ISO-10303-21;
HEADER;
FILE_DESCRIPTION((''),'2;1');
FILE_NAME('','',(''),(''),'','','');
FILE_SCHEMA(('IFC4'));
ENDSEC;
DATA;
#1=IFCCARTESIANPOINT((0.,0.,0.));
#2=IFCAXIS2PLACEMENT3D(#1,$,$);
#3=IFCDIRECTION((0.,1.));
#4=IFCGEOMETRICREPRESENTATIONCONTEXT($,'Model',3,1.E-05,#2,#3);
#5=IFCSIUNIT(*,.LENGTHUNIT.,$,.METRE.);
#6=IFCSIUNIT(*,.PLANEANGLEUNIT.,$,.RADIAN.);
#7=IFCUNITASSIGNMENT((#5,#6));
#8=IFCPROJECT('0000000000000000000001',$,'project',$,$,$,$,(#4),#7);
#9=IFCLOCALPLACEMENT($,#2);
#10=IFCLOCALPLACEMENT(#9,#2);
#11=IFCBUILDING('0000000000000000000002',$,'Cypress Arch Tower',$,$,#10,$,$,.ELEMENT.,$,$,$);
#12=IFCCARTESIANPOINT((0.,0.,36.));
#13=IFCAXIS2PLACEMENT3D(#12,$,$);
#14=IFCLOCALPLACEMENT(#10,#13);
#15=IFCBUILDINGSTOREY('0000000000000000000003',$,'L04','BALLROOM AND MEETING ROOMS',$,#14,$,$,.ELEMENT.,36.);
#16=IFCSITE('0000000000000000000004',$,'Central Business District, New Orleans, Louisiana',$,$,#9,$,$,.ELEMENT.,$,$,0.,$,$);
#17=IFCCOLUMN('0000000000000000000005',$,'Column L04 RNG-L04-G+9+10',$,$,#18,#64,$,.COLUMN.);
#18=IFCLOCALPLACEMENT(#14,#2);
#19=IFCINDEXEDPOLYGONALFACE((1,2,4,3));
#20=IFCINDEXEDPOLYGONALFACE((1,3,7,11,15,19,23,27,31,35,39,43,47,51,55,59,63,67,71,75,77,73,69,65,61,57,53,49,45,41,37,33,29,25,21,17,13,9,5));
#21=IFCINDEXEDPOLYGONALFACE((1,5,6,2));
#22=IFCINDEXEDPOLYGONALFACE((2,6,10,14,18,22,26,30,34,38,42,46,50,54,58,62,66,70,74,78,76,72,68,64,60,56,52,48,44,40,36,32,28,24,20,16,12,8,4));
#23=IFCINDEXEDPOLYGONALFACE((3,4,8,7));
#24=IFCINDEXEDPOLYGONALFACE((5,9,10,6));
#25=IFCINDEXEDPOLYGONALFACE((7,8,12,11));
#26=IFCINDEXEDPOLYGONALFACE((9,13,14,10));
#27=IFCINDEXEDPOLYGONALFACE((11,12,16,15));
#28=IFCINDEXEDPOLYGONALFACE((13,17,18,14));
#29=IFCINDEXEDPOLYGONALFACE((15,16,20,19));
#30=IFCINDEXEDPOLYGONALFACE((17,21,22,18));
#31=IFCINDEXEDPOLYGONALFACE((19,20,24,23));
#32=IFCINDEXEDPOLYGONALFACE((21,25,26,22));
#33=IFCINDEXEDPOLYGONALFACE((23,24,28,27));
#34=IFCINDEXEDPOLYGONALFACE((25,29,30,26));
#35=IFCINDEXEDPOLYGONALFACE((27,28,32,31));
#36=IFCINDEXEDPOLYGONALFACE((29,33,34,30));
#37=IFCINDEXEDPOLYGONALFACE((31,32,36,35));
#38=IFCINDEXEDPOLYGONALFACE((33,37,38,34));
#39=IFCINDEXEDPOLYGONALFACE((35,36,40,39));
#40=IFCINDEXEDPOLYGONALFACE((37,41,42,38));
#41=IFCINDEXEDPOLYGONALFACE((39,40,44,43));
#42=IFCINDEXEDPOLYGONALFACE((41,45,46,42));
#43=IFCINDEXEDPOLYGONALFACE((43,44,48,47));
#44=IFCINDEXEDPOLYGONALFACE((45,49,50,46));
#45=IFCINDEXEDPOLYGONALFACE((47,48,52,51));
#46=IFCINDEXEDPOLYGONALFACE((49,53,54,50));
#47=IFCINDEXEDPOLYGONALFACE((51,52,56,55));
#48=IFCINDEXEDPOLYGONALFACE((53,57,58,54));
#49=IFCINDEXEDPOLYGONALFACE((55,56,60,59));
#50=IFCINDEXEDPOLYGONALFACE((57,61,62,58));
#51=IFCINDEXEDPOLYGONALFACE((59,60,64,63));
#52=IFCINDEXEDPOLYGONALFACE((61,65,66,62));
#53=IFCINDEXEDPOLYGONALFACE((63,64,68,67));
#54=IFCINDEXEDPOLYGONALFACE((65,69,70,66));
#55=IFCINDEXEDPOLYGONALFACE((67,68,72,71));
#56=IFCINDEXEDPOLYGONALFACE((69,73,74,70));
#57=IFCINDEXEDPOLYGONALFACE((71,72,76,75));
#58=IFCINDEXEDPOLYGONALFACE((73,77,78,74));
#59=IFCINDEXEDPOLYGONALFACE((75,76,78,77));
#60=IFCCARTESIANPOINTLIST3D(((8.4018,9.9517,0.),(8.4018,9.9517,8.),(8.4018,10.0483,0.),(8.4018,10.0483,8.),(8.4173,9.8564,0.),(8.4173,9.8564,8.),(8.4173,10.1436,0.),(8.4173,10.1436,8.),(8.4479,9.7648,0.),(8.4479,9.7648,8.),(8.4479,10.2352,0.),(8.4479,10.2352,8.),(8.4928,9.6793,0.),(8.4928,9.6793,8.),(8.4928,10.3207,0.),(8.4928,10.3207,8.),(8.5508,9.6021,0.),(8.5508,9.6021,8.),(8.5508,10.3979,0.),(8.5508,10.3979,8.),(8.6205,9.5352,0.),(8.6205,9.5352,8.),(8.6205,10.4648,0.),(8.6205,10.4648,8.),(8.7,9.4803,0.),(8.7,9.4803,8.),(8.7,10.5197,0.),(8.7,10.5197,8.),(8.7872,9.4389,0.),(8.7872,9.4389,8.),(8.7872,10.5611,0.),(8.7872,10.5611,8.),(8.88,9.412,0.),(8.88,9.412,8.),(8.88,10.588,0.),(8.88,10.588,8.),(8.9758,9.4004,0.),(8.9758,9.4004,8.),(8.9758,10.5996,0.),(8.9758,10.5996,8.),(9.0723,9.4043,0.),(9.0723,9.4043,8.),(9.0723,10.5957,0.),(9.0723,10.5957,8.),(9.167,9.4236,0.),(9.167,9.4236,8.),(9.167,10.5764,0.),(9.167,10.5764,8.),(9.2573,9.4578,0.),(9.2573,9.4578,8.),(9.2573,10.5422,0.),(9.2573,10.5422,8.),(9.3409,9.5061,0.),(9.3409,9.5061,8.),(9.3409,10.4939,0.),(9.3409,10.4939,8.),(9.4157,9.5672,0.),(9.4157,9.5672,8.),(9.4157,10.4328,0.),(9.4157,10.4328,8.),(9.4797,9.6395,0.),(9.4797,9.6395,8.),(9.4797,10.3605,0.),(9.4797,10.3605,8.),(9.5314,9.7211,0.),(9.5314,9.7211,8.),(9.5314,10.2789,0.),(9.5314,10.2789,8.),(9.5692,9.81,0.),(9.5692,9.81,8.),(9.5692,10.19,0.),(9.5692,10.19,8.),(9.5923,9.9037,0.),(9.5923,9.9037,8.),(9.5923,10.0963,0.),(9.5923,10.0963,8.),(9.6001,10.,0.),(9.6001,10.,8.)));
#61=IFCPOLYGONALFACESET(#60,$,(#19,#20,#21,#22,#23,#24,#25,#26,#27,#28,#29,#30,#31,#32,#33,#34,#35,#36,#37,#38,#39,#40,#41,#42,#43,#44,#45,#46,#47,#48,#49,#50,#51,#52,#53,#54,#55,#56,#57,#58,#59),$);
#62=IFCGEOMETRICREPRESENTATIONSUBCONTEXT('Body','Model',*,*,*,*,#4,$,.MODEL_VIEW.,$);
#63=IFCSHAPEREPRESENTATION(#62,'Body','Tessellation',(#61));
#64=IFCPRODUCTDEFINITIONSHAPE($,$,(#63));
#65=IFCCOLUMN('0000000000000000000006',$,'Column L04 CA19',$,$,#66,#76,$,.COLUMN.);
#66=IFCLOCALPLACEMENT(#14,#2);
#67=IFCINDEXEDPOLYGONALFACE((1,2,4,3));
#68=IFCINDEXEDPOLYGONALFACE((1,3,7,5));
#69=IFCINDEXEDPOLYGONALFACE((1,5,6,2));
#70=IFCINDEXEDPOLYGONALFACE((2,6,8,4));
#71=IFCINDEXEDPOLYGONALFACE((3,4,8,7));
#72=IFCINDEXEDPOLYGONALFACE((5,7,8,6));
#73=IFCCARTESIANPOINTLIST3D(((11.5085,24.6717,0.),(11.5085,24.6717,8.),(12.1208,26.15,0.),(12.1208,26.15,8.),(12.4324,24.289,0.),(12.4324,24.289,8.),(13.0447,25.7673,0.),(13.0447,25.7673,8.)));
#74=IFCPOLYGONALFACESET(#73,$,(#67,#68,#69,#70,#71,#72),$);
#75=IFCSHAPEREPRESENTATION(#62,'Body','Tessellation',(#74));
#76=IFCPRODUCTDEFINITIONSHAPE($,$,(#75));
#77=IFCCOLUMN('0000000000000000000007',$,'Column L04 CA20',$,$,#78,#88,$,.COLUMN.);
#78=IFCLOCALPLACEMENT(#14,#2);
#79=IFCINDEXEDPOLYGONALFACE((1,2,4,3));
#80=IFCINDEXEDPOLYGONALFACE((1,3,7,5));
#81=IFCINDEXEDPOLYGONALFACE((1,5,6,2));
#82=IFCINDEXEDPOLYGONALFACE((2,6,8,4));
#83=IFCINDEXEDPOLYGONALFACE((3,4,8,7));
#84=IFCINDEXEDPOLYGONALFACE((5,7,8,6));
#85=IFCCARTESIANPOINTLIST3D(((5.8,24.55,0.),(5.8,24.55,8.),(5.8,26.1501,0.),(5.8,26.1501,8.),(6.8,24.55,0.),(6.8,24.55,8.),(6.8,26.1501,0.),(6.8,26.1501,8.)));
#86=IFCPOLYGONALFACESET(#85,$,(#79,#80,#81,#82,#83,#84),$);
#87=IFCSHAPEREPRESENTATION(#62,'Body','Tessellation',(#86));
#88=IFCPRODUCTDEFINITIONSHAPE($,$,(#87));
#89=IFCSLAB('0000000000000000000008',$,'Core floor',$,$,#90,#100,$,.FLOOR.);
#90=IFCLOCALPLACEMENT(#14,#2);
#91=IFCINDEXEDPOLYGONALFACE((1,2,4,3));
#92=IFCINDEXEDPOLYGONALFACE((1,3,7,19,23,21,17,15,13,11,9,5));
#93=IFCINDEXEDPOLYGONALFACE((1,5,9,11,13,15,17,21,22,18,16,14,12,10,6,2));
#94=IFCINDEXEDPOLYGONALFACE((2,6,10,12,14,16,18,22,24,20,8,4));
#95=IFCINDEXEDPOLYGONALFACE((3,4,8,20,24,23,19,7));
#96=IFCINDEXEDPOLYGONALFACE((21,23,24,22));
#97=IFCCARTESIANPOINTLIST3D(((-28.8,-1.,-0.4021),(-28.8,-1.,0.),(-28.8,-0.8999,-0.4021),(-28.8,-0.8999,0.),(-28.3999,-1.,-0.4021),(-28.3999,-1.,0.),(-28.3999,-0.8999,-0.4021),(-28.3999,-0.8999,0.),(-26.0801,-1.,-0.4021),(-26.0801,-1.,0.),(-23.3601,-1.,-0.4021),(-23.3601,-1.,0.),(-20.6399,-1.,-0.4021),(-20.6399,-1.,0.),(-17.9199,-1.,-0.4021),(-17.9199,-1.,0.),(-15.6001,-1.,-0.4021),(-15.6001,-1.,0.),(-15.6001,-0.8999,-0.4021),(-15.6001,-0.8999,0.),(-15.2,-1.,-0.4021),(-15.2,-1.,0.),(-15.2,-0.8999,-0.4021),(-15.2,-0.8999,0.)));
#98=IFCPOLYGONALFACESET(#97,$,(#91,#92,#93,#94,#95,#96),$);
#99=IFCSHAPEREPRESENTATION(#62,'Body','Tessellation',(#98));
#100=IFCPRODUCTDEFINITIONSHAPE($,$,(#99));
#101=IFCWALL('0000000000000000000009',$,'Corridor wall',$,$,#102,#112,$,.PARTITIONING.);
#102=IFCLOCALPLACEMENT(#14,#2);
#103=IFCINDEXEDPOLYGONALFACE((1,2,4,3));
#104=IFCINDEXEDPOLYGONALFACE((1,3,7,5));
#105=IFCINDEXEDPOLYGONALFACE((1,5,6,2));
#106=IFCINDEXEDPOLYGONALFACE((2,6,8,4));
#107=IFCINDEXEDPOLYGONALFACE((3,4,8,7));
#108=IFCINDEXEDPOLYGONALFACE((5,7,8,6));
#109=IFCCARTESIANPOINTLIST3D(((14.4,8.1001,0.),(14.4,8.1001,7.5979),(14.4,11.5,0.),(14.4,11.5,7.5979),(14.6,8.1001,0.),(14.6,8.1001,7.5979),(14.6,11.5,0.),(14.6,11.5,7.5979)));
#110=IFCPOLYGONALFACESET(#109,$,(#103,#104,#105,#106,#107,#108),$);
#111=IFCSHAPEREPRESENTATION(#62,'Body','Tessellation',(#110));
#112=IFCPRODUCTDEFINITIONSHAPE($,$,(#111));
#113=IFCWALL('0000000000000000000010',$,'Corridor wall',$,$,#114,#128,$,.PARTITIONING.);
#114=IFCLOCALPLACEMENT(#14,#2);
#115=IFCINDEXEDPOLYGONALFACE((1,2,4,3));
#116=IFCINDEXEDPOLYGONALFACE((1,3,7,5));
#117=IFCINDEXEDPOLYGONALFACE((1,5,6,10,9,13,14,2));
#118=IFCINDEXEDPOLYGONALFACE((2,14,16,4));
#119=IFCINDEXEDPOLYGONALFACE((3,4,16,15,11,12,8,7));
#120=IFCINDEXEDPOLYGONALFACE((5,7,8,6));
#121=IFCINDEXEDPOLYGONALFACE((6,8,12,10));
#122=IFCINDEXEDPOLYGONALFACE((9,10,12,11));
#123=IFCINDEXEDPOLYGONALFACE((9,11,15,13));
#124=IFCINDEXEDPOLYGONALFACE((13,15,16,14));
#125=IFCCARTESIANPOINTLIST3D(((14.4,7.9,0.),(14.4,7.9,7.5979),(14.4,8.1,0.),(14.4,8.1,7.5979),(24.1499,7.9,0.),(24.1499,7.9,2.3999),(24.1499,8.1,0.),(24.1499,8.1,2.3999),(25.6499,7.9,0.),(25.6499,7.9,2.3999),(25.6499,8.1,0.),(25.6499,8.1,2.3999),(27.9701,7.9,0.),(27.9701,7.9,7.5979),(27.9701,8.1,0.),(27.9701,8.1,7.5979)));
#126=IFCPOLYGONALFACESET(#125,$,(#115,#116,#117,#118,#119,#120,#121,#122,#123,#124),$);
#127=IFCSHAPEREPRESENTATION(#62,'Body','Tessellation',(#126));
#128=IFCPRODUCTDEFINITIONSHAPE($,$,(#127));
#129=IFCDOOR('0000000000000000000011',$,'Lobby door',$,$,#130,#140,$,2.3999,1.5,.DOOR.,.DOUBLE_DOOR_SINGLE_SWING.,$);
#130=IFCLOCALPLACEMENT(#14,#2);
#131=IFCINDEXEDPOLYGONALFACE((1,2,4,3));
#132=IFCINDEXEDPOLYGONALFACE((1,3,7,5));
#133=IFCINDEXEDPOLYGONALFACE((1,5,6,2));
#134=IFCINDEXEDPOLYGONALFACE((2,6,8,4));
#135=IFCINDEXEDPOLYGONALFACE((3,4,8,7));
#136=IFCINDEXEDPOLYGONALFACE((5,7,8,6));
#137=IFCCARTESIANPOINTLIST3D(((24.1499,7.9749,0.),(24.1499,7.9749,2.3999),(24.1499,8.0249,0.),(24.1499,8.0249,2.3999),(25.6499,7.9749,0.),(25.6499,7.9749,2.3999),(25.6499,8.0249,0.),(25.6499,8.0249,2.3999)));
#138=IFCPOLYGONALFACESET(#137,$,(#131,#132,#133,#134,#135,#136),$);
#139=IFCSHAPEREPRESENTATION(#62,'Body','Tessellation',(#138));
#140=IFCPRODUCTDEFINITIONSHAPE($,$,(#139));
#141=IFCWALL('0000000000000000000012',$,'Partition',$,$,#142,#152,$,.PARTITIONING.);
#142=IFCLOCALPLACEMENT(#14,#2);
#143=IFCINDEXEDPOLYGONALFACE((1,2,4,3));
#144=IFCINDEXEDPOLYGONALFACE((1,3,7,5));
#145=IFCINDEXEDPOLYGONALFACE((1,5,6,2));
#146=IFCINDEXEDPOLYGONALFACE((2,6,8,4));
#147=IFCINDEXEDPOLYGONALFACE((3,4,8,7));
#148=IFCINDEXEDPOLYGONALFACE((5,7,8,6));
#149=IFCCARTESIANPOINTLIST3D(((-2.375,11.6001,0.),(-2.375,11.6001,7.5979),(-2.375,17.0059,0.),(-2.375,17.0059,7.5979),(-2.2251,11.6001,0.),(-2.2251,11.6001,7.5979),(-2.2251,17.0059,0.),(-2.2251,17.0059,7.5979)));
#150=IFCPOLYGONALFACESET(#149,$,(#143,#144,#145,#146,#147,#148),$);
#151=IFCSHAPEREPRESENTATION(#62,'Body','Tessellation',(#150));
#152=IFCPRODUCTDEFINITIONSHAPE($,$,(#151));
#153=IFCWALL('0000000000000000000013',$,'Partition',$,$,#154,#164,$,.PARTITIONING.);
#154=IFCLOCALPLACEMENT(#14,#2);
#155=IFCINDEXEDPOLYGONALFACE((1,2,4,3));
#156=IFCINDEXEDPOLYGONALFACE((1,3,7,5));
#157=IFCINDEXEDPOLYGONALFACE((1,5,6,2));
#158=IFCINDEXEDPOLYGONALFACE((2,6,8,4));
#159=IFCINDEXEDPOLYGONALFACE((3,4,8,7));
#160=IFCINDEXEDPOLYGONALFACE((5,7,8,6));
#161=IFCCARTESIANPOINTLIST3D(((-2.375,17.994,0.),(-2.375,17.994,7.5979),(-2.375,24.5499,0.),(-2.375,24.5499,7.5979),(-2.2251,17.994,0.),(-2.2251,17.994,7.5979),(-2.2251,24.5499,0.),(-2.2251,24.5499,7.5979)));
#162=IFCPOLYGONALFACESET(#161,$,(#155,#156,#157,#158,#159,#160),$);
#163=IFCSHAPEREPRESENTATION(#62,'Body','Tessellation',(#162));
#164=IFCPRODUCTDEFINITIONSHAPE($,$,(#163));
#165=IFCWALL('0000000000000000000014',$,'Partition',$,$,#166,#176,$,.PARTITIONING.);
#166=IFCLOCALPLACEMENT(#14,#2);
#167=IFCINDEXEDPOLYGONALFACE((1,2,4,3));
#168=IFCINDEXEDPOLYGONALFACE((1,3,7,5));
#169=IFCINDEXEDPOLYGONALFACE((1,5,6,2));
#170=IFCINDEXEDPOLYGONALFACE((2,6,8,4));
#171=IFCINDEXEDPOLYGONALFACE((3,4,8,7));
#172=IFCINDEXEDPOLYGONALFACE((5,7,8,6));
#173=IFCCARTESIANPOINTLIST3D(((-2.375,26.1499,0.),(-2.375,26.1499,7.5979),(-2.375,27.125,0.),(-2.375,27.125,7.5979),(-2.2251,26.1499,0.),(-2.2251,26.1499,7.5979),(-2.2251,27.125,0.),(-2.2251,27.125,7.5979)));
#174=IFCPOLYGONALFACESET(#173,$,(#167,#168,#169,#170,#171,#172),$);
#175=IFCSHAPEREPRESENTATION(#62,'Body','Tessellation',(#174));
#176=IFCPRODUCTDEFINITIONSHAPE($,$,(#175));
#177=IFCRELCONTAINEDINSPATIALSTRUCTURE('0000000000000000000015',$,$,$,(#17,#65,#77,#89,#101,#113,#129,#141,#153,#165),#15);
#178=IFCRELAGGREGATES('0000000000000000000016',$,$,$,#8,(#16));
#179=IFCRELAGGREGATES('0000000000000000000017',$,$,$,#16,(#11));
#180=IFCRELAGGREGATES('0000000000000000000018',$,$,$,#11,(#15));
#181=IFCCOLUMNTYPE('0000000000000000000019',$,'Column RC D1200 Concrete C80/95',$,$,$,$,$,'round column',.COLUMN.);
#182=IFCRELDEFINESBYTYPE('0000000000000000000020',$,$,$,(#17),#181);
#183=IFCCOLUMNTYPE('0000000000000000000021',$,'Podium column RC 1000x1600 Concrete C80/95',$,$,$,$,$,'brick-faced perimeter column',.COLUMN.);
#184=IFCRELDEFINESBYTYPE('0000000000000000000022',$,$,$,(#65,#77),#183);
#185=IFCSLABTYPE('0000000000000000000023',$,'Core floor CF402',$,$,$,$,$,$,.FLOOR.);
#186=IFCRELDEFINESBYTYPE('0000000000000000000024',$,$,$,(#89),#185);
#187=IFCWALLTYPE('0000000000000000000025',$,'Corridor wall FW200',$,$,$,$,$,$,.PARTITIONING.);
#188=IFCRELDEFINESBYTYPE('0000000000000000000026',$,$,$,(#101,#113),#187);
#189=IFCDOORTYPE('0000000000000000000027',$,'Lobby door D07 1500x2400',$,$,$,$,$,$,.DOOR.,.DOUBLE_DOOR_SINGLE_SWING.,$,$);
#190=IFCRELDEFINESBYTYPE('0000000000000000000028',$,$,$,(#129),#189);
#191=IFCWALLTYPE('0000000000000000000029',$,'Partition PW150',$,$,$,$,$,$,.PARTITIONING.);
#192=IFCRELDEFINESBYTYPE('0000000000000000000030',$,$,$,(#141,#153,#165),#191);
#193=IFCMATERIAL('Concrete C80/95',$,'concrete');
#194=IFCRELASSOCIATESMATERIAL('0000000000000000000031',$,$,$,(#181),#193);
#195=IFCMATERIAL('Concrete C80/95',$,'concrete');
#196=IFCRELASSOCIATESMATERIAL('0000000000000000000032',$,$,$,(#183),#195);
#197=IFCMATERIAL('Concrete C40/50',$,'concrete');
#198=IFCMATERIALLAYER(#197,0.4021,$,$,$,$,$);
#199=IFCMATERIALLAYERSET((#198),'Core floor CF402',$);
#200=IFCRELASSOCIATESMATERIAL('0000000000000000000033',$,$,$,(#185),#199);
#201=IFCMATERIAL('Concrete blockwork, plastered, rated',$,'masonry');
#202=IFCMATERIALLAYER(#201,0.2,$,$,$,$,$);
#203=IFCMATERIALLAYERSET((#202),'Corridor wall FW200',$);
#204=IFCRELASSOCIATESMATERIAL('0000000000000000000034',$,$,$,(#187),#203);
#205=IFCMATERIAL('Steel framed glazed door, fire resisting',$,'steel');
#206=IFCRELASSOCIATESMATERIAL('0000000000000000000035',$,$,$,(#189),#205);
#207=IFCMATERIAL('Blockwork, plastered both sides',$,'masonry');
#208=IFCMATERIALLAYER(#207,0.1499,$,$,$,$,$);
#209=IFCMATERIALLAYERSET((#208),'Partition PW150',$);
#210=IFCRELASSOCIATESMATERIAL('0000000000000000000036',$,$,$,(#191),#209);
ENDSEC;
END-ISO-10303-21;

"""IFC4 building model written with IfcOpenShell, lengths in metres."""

from ifc_helpers import new_model, si_unit, direction, frame, frame_2d, origin, origin_2d, place, context, subcontext, project, spatial, polyline, rectangle, circle, outline, extrude, material, layer, layer_set, material_profile, profile_set, type_object, element, fill, save


model = new_model("IFC4")

# Units and contexts
model_context = context("Model", 3, precision=1e-05, world=origin(), true_north=direction((0.0, 1.0)))
body_context = subcontext(model_context, "Body", "Model", "MODEL_VIEW")
ifc_project = project(units=[si_unit("LENGTHUNIT", "METRE"), si_unit("PLANEANGLEUNIT", "RADIAN")], contexts=[model_context])

# Site, building, storey
site_placement = place(None, origin())
site = spatial("IfcSite", under=ifc_project, at=site_placement, Name="Central Business District, New Orleans, Louisiana", CompositionType="ELEMENT", RefElevation=0.0)
building_placement = place(site_placement, origin())
building = spatial("IfcBuilding", under=site, at=building_placement, Name="Cypress Arch Tower", CompositionType="ELEMENT")
storey_placement = place(building_placement, frame((0.0, 0.0, 36.0)))
storey = spatial("IfcBuildingStorey", under=building, at=storey_placement, Name="L04", Description="BALLROOM AND MEETING ROOMS", CompositionType="ELEMENT", Elevation=36.0)

# Columns
ifc_material_1 = material(Name="Concrete C80/95", Category="concrete")
ifc_material_profile_1 = material_profile(ifc_material_1, circle(Radius=0.6001, at=origin_2d()), Name="RC D1200")
ifc_profile_set_1 = profile_set([ifc_material_profile_1], Name="Concrete C80/95")
column_type_1 = type_object("IfcColumnType", Name="Column RC D1200 Concrete C80/95", ElementType="round column", PredefinedType="COLUMN", material=ifc_profile_set_1)
for number, where, z_axis, x_axis, name in (
    (1, (9.0, 10.0, 0.0), (0.0, 0.0, 1.0), (1.0, 0.0, 0.0), "Column L04 RNG-L04-G+9+10"),
):
    element("IfcColumn", number, at=place(storey_placement, frame(where, z_axis=z_axis, x_axis=x_axis)), inside=storey, type_object=column_type_1, Name=name, PredefinedType="COLUMN", context=body_context, shape_type="SweptSolid", body=[
        extrude(circle(Radius=0.6001, at=origin_2d()), origin(), (0.0, 0.0, 1.0), 8.0),
    ])
ifc_material_2 = material(Name="Concrete C80/95", Category="concrete")
ifc_material_profile_2 = material_profile(ifc_material_2, rectangle(XDim=1.0, YDim=1.6001, at=origin_2d()), Name="RC 1000x1600")
ifc_profile_set_2 = profile_set([ifc_material_profile_2], Name="Concrete C80/95")
column_type_2 = type_object("IfcColumnType", Name="Podium column RC 1000x1600 Concrete C80/95", ElementType="brick-faced perimeter column", PredefinedType="COLUMN", material=ifc_profile_set_2)
for number, where, z_axis, x_axis, name in (
    (2, (12.2766, 25.2195, 0.0), (0.0, 0.0, 1.0), (-0.92388, 0.382683, 0.0), "Column L04 CA19"),
    (3, (6.3, 25.3501, 0.0), (0.0, 0.0, 1.0), (-1.0, 0.0, 0.0), "Column L04 CA20"),
):
    element("IfcColumn", number, at=place(storey_placement, frame(where, z_axis=z_axis, x_axis=x_axis)), inside=storey, type_object=column_type_2, Name=name, PredefinedType="COLUMN", context=body_context, shape_type="SweptSolid", body=[
        extrude(rectangle(XDim=1.0, YDim=1.6001, at=origin_2d()), origin(), (0.0, 0.0, 1.0), 8.0),
    ])

# Slab
ifc_material_3 = material(Name="Concrete C40/50", Category="concrete")
ifc_layer_1 = layer(ifc_material_3, 0.4021)
ifc_layer_set_1 = layer_set([ifc_layer_1], Name="Core floor CF402")
slab_type = type_object("IfcSlabType", Name="Core floor CF402", PredefinedType="FLOOR", material=ifc_layer_set_1)
slab_placement = place(storey_placement, frame((0.0, 0.0, -0.4021)))
element("IfcSlab", 4, at=slab_placement, inside=storey, type_object=slab_type, Name="Core floor", PredefinedType="FLOOR", context=body_context, shape_type="SweptSolid", body=[
    extrude(outline(polyline([(-20.6399, -1.0), (-23.3601, -1.0), (-26.0801, -1.0), (-28.3999, -1.0), (-28.8, -1.0), (-28.8, -0.8999), (-28.3999, -0.8999), (-15.6001, -0.8999), (-15.2, -0.8999), (-15.2, -1.0), (-15.6001, -1.0), (-17.9199, -1.0), (-20.6399, -1.0)])), origin(), (0.0, 0.0, 1.0), 0.4021),
])

# Wall
ifc_material_4 = material(Name="Concrete blockwork, plastered, rated", Category="masonry")
ifc_layer_2 = layer(ifc_material_4, 0.2)
ifc_layer_set_2 = layer_set([ifc_layer_2], Name="Corridor wall FW200")
wall_type_1 = type_object("IfcWallType", Name="Corridor wall FW200", PredefinedType="PARTITIONING", material=ifc_layer_set_2)
wall_1_placement = place(storey_placement, frame((14.5, 8.1001, 0.0), z_axis=(0.0, 0.0, 1.0), x_axis=(0.0, 1.0, 0.0)))
element("IfcWall", 5, at=wall_1_placement, inside=storey, type_object=wall_type_1, Name="Corridor wall", PredefinedType="PARTITIONING", context=body_context, shape_type="SweptSolid", body=[
    extrude(rectangle(XDim=3.3999, YDim=0.2, at=frame_2d((1.7, 0.0))), origin(), (0.0, 0.0, 1.0), 7.5979),
])

# Wall, opening, door
wall_2_placement = place(storey_placement, frame((14.3999, 8.0, 0.0), z_axis=(0.0, 0.0, 1.0), x_axis=(1.0, 0.0, 0.0)))
wall_2 = element("IfcWall", 6, at=wall_2_placement, inside=storey, type_object=wall_type_1, Name="Corridor wall", PredefinedType="PARTITIONING", context=body_context, shape_type="SweptSolid", body=[
    extrude(rectangle(XDim=13.5701, YDim=0.2, at=frame_2d((6.7852, 0.0))), origin(), (0.0, 0.0, 1.0), 7.5979),
])
opening_placement = place(wall_2_placement, frame((9.75, 0.0, 0.0)))
opening = element("IfcOpeningElement", 7, at=opening_placement, cuts=wall_2, PredefinedType="OPENING", context=body_context, shape_type="SweptSolid", body=[
    extrude(rectangle(XDim=1.5, YDim=2.3999, at=frame_2d((0.75, 1.2))), frame((0.0, 0.1099, 0.0), z_axis=(0.0, -1.0, 0.0), x_axis=(1.0, 0.0, 0.0)), (0.0, 0.0, 1.0), 0.22),
])
ifc_material_5 = material(Name="Steel framed glazed door, fire resisting", Category="steel")
door_type = type_object("IfcDoorType", Name="Lobby door D07 1500x2400", OperationType="DOUBLE_DOOR_SINGLE_SWING", PredefinedType="DOOR", material=ifc_material_5)
door_placement = place(opening_placement, origin())
door = element("IfcDoor", 8, at=door_placement, inside=storey, type_object=door_type, Name="Lobby door", OperationType="DOUBLE_DOOR_SINGLE_SWING", OverallHeight=2.3999, OverallWidth=1.5, PredefinedType="DOOR", context=body_context, shape_type="SweptSolid", body=[
    extrude(rectangle(XDim=1.5, YDim=2.3999, at=frame_2d((0.75, 1.2))), frame((0.0, 0.0249, 0.0), z_axis=(0.0, -1.0, 0.0), x_axis=(1.0, 0.0, 0.0)), (0.0, 0.0, 1.0), 0.05),
])
fill(opening, door)

# Walls
ifc_material_6 = material(Name="Blockwork, plastered both sides", Category="masonry")
ifc_layer_3 = layer(ifc_material_6, 0.1499)
ifc_layer_set_3 = layer_set([ifc_layer_3], Name="Partition PW150")
wall_type_2 = type_object("IfcWallType", Name="Partition PW150", PredefinedType="PARTITIONING", material=ifc_layer_set_3)
wall_3_placement = place(storey_placement, frame((-2.3, 11.6001, 0.0), z_axis=(0.0, 0.0, 1.0), x_axis=(0.0, 1.0, 0.0)))
element("IfcWall", 9, at=wall_3_placement, inside=storey, type_object=wall_type_2, Name="Partition", PredefinedType="PARTITIONING", context=body_context, shape_type="SweptSolid", body=[
    extrude(rectangle(XDim=5.4058, YDim=0.1499, at=frame_2d((2.7029, 0.0))), origin(), (0.0, 0.0, 1.0), 7.5979),
])
wall_4_placement = place(storey_placement, frame((-2.3, 17.9941, 0.0), z_axis=(0.0, 0.0, 1.0), x_axis=(0.0, 1.0, 0.0)))
element("IfcWall", 10, at=wall_4_placement, inside=storey, type_object=wall_type_2, Name="Partition", PredefinedType="PARTITIONING", context=body_context, shape_type="SweptSolid", body=[
    extrude(rectangle(XDim=6.5559, YDim=0.1499, at=frame_2d((3.2778, 0.0))), origin(), (0.0, 0.0, 1.0), 7.5979),
])
wall_5_placement = place(storey_placement, frame((-2.3, 26.1499, 0.0), z_axis=(0.0, 0.0, 1.0), x_axis=(0.0, 1.0, 0.0)))
element("IfcWall", 11, at=wall_5_placement, inside=storey, type_object=wall_type_2, Name="Partition", PredefinedType="PARTITIONING", context=body_context, shape_type="SweptSolid", body=[
    extrude(rectangle(XDim=0.9751, YDim=0.1499, at=frame_2d((0.4875, 0.0))), origin(), (0.0, 0.0, 1.0), 7.5979),
])

save(model, "model.ifc")
